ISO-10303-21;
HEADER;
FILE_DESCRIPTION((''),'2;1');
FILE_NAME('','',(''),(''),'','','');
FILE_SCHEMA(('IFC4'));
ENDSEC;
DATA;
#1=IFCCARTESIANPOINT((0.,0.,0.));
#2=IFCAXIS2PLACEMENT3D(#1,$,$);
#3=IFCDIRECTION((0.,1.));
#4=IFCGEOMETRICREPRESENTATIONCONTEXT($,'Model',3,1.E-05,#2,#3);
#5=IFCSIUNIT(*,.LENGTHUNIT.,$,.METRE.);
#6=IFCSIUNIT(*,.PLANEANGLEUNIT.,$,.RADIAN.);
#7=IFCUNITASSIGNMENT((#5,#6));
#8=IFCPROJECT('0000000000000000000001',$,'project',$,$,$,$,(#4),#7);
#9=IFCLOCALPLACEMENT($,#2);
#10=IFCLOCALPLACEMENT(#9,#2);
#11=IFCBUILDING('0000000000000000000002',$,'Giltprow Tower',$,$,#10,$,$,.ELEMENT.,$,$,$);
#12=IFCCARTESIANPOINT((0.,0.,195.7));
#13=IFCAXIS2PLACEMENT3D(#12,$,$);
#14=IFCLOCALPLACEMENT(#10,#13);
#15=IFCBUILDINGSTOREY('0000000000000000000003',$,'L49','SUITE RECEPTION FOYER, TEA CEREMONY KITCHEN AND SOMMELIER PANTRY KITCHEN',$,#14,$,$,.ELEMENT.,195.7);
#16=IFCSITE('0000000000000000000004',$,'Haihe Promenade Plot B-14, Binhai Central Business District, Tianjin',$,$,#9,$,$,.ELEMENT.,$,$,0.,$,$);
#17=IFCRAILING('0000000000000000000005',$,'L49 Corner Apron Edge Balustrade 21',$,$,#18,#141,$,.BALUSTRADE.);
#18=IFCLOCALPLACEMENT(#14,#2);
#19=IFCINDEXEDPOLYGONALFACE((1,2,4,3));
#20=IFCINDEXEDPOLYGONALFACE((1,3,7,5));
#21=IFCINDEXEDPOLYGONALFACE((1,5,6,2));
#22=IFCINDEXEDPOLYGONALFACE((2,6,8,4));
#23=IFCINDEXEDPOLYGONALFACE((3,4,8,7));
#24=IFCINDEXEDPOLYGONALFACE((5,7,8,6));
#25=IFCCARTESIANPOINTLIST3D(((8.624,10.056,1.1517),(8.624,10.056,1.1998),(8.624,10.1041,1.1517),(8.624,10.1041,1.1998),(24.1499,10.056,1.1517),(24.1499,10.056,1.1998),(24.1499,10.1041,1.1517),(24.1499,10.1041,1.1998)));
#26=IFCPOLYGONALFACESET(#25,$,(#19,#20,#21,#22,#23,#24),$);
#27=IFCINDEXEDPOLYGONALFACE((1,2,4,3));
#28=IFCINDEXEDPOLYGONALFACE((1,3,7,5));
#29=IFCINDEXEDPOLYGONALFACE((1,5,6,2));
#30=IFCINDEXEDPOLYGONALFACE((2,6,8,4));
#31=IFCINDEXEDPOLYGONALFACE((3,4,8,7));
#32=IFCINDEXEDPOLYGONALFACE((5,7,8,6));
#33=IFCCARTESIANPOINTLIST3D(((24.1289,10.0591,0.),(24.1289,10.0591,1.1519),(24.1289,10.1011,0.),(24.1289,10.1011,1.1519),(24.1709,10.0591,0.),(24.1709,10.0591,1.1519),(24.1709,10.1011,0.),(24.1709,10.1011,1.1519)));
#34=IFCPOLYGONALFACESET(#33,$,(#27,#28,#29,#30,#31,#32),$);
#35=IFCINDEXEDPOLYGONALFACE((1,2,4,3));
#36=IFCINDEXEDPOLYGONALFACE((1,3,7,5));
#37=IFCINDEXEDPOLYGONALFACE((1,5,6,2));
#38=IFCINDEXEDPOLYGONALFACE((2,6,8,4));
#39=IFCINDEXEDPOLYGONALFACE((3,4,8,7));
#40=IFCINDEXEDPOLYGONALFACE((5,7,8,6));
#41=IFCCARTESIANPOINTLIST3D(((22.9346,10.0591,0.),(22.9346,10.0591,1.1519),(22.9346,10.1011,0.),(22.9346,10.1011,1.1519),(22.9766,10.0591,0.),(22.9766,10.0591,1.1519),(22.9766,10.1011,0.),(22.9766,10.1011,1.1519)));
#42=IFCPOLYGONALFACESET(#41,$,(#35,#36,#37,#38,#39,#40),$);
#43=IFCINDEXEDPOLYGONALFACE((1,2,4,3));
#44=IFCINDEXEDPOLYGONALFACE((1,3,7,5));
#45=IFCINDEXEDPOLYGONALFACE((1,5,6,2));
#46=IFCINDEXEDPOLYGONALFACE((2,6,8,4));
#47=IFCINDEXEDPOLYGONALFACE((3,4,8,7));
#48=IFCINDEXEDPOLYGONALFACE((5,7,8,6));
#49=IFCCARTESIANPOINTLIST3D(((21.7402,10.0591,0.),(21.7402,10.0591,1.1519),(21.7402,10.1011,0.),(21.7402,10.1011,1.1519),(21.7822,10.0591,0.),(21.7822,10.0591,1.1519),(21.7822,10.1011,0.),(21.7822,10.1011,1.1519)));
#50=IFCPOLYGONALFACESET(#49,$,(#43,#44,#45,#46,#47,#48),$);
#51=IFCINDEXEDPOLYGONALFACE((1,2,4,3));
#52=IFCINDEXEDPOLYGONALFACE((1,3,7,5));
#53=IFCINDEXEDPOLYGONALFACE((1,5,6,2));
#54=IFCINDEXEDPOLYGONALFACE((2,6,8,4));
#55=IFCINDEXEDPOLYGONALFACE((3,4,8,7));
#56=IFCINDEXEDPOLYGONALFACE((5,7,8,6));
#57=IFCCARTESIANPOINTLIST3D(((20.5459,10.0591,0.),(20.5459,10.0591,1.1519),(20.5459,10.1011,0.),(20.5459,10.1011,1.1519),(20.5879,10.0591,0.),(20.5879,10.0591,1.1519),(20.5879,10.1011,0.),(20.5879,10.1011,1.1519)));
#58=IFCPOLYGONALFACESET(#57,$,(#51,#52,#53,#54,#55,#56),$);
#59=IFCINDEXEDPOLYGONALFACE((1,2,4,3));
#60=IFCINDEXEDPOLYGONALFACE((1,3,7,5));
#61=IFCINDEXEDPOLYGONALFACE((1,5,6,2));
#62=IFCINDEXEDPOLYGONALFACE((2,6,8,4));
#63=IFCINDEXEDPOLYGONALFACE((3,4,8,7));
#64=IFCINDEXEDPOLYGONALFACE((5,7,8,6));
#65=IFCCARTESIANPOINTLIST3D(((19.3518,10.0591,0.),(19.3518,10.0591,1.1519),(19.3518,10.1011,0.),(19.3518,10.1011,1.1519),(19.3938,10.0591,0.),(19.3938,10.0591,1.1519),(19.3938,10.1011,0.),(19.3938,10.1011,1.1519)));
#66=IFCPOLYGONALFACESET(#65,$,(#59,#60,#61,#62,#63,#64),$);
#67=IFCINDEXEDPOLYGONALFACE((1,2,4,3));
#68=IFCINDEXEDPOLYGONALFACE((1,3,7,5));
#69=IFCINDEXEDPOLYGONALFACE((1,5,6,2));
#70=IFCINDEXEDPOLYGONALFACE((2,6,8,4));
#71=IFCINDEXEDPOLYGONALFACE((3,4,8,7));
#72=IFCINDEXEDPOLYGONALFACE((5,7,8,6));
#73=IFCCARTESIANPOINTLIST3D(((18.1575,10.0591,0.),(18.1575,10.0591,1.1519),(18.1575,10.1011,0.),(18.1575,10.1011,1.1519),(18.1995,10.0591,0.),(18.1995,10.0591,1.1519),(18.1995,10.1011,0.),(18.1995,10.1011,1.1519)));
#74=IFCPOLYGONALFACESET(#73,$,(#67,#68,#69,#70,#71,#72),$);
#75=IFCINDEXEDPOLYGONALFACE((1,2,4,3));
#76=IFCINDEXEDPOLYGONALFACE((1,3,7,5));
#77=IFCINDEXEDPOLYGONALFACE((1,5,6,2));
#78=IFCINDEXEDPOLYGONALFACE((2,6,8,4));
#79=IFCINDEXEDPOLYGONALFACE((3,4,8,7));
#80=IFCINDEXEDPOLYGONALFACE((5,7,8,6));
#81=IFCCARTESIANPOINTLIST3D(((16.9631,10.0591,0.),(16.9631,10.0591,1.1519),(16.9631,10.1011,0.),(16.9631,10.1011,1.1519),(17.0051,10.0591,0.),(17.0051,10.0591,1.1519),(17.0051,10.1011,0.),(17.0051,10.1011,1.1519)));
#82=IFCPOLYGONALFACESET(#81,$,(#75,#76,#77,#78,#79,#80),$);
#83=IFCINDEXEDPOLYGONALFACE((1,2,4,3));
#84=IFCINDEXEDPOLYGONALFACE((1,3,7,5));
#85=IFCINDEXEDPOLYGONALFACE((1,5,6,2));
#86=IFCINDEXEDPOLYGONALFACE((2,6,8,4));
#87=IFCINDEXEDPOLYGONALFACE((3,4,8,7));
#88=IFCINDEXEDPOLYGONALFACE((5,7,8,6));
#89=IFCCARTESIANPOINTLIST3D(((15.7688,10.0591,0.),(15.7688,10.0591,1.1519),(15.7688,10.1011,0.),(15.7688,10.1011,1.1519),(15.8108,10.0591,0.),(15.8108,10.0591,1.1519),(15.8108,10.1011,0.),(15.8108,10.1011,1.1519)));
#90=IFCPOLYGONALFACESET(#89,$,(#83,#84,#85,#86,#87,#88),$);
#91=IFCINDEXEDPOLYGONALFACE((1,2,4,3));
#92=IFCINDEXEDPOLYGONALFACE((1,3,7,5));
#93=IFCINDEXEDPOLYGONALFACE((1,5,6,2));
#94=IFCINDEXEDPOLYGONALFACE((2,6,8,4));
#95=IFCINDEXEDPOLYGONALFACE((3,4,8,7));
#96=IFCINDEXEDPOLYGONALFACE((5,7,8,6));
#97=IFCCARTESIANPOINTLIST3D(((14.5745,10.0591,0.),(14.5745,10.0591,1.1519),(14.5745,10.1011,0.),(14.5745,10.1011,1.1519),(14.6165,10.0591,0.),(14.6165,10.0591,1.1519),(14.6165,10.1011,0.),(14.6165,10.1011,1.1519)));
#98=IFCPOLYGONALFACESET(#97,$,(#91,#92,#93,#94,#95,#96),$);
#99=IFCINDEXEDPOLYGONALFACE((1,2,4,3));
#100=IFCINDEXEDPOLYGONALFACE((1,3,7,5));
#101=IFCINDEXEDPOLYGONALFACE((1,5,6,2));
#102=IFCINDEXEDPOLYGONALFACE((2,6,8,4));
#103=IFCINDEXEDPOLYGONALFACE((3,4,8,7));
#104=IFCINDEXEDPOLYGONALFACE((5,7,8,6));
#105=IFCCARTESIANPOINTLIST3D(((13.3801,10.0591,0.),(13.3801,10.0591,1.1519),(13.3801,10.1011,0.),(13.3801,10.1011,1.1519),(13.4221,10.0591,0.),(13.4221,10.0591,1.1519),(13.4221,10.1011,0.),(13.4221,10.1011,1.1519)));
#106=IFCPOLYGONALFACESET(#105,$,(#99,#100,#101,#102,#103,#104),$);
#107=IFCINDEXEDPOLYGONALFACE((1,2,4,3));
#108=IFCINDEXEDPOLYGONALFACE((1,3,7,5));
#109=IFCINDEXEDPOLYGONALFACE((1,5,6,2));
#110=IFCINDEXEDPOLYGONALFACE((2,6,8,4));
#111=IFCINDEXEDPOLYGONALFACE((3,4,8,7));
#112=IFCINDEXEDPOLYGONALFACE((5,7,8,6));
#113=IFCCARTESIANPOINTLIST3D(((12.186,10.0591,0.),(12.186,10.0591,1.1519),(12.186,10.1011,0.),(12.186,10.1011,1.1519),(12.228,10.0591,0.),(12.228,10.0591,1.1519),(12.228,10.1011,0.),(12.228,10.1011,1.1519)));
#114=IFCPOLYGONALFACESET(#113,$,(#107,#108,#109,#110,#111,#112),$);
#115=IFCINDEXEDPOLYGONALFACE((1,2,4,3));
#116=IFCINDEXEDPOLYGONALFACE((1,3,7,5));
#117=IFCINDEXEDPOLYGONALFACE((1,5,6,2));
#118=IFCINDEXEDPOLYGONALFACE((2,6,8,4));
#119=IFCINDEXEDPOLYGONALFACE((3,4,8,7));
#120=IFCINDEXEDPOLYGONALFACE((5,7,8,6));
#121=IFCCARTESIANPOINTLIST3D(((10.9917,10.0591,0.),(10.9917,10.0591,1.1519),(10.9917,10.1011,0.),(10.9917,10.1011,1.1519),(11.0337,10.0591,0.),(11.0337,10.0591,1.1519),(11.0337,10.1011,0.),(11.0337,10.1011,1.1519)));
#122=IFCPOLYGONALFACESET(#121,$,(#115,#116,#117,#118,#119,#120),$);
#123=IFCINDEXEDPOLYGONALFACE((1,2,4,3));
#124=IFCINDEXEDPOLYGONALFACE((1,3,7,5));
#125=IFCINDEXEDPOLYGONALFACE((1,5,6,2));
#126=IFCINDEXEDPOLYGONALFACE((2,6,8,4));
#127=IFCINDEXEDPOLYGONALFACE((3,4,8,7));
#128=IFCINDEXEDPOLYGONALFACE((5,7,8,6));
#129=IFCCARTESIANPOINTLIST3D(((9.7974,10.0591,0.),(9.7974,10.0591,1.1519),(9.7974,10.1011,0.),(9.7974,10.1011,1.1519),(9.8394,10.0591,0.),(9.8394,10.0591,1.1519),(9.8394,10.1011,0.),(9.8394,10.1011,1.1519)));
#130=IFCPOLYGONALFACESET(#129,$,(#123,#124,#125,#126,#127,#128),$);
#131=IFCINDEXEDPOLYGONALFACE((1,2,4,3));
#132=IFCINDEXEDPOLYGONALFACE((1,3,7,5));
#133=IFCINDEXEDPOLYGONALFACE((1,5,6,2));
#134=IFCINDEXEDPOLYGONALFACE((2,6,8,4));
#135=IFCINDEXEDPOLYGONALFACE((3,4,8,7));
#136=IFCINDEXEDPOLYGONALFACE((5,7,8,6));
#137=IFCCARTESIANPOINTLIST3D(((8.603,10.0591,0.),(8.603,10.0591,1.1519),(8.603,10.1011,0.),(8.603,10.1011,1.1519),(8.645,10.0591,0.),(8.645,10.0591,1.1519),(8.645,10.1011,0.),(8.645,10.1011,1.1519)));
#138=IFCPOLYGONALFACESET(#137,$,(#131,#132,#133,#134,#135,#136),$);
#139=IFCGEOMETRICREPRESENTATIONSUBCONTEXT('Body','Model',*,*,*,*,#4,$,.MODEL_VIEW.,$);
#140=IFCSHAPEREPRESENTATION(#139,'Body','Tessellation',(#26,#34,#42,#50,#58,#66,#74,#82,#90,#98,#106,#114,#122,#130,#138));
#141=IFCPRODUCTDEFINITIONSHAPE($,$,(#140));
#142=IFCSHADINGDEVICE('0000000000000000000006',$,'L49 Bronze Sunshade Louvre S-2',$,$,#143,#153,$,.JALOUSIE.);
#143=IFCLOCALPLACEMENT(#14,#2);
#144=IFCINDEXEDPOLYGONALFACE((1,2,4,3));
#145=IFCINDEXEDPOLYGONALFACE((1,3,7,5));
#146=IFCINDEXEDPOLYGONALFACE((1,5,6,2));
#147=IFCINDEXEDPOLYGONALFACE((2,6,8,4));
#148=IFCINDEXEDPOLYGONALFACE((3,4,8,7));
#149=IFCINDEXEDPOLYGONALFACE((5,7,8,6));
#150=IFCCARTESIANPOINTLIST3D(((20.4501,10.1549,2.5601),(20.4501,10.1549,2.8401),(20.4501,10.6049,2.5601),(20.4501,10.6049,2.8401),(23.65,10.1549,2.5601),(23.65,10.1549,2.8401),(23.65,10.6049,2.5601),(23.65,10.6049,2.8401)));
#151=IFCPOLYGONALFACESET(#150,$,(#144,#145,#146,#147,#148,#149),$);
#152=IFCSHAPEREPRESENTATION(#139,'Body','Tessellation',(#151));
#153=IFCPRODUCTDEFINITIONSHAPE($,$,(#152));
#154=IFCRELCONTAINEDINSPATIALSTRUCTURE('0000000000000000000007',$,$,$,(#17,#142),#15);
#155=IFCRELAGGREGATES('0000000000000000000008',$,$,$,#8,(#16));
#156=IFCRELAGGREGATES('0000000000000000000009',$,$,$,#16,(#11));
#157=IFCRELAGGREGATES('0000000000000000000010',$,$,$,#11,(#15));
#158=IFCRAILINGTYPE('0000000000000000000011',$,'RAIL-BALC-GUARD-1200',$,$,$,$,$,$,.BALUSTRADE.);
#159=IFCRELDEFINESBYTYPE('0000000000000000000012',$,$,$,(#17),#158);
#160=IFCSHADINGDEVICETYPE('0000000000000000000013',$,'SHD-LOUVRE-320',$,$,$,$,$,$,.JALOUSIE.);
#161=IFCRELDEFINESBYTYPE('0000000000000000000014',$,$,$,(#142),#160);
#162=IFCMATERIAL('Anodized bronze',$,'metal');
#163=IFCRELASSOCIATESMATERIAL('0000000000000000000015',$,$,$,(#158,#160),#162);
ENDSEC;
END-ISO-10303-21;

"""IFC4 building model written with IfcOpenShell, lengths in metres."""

from ifc_helpers import new_model, si_unit, direction, frame, origin, origin_2d, place, context, subcontext, project, spatial, rectangle, extrude, source, transform, mapped, material, type_object, element, save


model = new_model("IFC4")

# Units and contexts
model_context = context("Model", 3, precision=1e-05, world=origin(), true_north=direction((0.0, 1.0)))
body_context = subcontext(model_context, "Body", "Model", "MODEL_VIEW")
ifc_project = project(units=[si_unit("LENGTHUNIT", "METRE"), si_unit("PLANEANGLEUNIT", "RADIAN")], contexts=[model_context])

# Site, building, storey
site_placement = place(None, origin())
site = spatial("IfcSite", under=ifc_project, at=site_placement, Name="Haihe Promenade Plot B-14, Binhai Central Business District, Tianjin", CompositionType="ELEMENT", RefElevation=0.0)
building_placement = place(site_placement, origin())
building = spatial("IfcBuilding", under=site, at=building_placement, Name="Giltprow Tower", CompositionType="ELEMENT")
storey_placement = place(building_placement, frame((0.0, 0.0, 195.7)))
storey = spatial("IfcBuildingStorey", under=building, at=storey_placement, Name="L49", Description="SUITE RECEPTION FOYER, TEA CEREMONY KITCHEN AND SOMMELIER PANTRY KITCHEN", CompositionType="ELEMENT", Elevation=195.7)

# Railing
ifc_material_1 = material(Name="Anodized bronze", Category="metal")
railing_type = type_object("IfcRailingType", Name="RAIL-BALC-GUARD-1200", PredefinedType="BALUSTRADE", material=ifc_material_1)
railing_1_placement = place(storey_placement, frame((24.1499, 10.0801, 0.0)))
element("IfcRailing", 1, at=railing_1_placement, inside=storey, type_object=railing_type, Name="L49 Corner Apron Edge Balustrade 21", PredefinedType="BALUSTRADE", context=body_context, shape_type="SweptSolid", body=[
    extrude(rectangle(XDim=0.0481, YDim=0.0481, at=origin_2d()), frame((0.0, 0.0, 1.1758), z_axis=(-1.0, 0.0, 0.0), x_axis=(0.0, -1.0, 0.0)), (0.0, 0.0, 1.0), 15.5259),
    extrude(rectangle(XDim=0.042, YDim=0.042, at=origin_2d()), origin(), (0.0, 0.0, 1.0), 1.1519),
    extrude(rectangle(XDim=0.042, YDim=0.042, at=origin_2d()), frame((-1.1943, 0.0, 0.0)), (0.0, 0.0, 1.0), 1.1519),
    extrude(rectangle(XDim=0.042, YDim=0.042, at=origin_2d()), frame((-2.3887, 0.0, 0.0)), (0.0, 0.0, 1.0), 1.1519),
    extrude(rectangle(XDim=0.042, YDim=0.042, at=origin_2d()), frame((-3.583, 0.0, 0.0)), (0.0, 0.0, 1.0), 1.1519),
    extrude(rectangle(XDim=0.042, YDim=0.042, at=origin_2d()), frame((-4.7771, 0.0, 0.0)), (0.0, 0.0, 1.0), 1.1519),
    extrude(rectangle(XDim=0.042, YDim=0.042, at=origin_2d()), frame((-5.9714, 0.0, 0.0)), (0.0, 0.0, 1.0), 1.1519),
    extrude(rectangle(XDim=0.042, YDim=0.042, at=origin_2d()), frame((-7.1658, 0.0, 0.0)), (0.0, 0.0, 1.0), 1.1519),
    extrude(rectangle(XDim=0.042, YDim=0.042, at=origin_2d()), frame((-8.3601, 0.0, 0.0)), (0.0, 0.0, 1.0), 1.1519),
    extrude(rectangle(XDim=0.042, YDim=0.042, at=origin_2d()), frame((-9.5544, 0.0, 0.0)), (0.0, 0.0, 1.0), 1.1519),
    extrude(rectangle(XDim=0.042, YDim=0.042, at=origin_2d()), frame((-10.7488, 0.0, 0.0)), (0.0, 0.0, 1.0), 1.1519),
    extrude(rectangle(XDim=0.042, YDim=0.042, at=origin_2d()), frame((-11.9429, 0.0, 0.0)), (0.0, 0.0, 1.0), 1.1519),
    extrude(rectangle(XDim=0.042, YDim=0.042, at=origin_2d()), frame((-13.1372, 0.0, 0.0)), (0.0, 0.0, 1.0), 1.1519),
    extrude(rectangle(XDim=0.042, YDim=0.042, at=origin_2d()), frame((-14.3315, 0.0, 0.0)), (0.0, 0.0, 1.0), 1.1519),
    extrude(rectangle(XDim=0.042, YDim=0.042, at=origin_2d()), frame((-15.5259, 0.0, 0.0)), (0.0, 0.0, 1.0), 1.1519),
])

# Shading device
shading_device_type = type_object("IfcShadingDeviceType", Name="SHD-LOUVRE-320", PredefinedType="JALOUSIE", material=ifc_material_1)
shared_shape_1 = source(origin(), body_context, "Body", "SweptSolid", [
    extrude(rectangle(XDim=3.2, YDim=0.45, at=origin_2d()), origin(), (0.0, 0.0, 1.0), 0.28),
])
shading_device_placement = place(storey_placement, frame((22.05, 10.3799, 2.5601), z_axis=(0.0, 0.0, 1.0), x_axis=(1.0, 0.0, 0.0)))
element("IfcShadingDevice", 2, at=shading_device_placement, inside=storey, type_object=shading_device_type, Name="L49 Bronze Sunshade Louvre S-2", PredefinedType="JALOUSIE", context=body_context, shape_type="MappedRepresentation", body=[
    mapped(shared_shape_1, transform((0.0, 0.0, 0.0), x_axis=(1.0, 0.0, 0.0), y_axis=(0.0, 1.0, 0.0), z_axis=(0.0, 0.0, 1.0), scale=1.0)),
])

save(model, "model.ifc")
